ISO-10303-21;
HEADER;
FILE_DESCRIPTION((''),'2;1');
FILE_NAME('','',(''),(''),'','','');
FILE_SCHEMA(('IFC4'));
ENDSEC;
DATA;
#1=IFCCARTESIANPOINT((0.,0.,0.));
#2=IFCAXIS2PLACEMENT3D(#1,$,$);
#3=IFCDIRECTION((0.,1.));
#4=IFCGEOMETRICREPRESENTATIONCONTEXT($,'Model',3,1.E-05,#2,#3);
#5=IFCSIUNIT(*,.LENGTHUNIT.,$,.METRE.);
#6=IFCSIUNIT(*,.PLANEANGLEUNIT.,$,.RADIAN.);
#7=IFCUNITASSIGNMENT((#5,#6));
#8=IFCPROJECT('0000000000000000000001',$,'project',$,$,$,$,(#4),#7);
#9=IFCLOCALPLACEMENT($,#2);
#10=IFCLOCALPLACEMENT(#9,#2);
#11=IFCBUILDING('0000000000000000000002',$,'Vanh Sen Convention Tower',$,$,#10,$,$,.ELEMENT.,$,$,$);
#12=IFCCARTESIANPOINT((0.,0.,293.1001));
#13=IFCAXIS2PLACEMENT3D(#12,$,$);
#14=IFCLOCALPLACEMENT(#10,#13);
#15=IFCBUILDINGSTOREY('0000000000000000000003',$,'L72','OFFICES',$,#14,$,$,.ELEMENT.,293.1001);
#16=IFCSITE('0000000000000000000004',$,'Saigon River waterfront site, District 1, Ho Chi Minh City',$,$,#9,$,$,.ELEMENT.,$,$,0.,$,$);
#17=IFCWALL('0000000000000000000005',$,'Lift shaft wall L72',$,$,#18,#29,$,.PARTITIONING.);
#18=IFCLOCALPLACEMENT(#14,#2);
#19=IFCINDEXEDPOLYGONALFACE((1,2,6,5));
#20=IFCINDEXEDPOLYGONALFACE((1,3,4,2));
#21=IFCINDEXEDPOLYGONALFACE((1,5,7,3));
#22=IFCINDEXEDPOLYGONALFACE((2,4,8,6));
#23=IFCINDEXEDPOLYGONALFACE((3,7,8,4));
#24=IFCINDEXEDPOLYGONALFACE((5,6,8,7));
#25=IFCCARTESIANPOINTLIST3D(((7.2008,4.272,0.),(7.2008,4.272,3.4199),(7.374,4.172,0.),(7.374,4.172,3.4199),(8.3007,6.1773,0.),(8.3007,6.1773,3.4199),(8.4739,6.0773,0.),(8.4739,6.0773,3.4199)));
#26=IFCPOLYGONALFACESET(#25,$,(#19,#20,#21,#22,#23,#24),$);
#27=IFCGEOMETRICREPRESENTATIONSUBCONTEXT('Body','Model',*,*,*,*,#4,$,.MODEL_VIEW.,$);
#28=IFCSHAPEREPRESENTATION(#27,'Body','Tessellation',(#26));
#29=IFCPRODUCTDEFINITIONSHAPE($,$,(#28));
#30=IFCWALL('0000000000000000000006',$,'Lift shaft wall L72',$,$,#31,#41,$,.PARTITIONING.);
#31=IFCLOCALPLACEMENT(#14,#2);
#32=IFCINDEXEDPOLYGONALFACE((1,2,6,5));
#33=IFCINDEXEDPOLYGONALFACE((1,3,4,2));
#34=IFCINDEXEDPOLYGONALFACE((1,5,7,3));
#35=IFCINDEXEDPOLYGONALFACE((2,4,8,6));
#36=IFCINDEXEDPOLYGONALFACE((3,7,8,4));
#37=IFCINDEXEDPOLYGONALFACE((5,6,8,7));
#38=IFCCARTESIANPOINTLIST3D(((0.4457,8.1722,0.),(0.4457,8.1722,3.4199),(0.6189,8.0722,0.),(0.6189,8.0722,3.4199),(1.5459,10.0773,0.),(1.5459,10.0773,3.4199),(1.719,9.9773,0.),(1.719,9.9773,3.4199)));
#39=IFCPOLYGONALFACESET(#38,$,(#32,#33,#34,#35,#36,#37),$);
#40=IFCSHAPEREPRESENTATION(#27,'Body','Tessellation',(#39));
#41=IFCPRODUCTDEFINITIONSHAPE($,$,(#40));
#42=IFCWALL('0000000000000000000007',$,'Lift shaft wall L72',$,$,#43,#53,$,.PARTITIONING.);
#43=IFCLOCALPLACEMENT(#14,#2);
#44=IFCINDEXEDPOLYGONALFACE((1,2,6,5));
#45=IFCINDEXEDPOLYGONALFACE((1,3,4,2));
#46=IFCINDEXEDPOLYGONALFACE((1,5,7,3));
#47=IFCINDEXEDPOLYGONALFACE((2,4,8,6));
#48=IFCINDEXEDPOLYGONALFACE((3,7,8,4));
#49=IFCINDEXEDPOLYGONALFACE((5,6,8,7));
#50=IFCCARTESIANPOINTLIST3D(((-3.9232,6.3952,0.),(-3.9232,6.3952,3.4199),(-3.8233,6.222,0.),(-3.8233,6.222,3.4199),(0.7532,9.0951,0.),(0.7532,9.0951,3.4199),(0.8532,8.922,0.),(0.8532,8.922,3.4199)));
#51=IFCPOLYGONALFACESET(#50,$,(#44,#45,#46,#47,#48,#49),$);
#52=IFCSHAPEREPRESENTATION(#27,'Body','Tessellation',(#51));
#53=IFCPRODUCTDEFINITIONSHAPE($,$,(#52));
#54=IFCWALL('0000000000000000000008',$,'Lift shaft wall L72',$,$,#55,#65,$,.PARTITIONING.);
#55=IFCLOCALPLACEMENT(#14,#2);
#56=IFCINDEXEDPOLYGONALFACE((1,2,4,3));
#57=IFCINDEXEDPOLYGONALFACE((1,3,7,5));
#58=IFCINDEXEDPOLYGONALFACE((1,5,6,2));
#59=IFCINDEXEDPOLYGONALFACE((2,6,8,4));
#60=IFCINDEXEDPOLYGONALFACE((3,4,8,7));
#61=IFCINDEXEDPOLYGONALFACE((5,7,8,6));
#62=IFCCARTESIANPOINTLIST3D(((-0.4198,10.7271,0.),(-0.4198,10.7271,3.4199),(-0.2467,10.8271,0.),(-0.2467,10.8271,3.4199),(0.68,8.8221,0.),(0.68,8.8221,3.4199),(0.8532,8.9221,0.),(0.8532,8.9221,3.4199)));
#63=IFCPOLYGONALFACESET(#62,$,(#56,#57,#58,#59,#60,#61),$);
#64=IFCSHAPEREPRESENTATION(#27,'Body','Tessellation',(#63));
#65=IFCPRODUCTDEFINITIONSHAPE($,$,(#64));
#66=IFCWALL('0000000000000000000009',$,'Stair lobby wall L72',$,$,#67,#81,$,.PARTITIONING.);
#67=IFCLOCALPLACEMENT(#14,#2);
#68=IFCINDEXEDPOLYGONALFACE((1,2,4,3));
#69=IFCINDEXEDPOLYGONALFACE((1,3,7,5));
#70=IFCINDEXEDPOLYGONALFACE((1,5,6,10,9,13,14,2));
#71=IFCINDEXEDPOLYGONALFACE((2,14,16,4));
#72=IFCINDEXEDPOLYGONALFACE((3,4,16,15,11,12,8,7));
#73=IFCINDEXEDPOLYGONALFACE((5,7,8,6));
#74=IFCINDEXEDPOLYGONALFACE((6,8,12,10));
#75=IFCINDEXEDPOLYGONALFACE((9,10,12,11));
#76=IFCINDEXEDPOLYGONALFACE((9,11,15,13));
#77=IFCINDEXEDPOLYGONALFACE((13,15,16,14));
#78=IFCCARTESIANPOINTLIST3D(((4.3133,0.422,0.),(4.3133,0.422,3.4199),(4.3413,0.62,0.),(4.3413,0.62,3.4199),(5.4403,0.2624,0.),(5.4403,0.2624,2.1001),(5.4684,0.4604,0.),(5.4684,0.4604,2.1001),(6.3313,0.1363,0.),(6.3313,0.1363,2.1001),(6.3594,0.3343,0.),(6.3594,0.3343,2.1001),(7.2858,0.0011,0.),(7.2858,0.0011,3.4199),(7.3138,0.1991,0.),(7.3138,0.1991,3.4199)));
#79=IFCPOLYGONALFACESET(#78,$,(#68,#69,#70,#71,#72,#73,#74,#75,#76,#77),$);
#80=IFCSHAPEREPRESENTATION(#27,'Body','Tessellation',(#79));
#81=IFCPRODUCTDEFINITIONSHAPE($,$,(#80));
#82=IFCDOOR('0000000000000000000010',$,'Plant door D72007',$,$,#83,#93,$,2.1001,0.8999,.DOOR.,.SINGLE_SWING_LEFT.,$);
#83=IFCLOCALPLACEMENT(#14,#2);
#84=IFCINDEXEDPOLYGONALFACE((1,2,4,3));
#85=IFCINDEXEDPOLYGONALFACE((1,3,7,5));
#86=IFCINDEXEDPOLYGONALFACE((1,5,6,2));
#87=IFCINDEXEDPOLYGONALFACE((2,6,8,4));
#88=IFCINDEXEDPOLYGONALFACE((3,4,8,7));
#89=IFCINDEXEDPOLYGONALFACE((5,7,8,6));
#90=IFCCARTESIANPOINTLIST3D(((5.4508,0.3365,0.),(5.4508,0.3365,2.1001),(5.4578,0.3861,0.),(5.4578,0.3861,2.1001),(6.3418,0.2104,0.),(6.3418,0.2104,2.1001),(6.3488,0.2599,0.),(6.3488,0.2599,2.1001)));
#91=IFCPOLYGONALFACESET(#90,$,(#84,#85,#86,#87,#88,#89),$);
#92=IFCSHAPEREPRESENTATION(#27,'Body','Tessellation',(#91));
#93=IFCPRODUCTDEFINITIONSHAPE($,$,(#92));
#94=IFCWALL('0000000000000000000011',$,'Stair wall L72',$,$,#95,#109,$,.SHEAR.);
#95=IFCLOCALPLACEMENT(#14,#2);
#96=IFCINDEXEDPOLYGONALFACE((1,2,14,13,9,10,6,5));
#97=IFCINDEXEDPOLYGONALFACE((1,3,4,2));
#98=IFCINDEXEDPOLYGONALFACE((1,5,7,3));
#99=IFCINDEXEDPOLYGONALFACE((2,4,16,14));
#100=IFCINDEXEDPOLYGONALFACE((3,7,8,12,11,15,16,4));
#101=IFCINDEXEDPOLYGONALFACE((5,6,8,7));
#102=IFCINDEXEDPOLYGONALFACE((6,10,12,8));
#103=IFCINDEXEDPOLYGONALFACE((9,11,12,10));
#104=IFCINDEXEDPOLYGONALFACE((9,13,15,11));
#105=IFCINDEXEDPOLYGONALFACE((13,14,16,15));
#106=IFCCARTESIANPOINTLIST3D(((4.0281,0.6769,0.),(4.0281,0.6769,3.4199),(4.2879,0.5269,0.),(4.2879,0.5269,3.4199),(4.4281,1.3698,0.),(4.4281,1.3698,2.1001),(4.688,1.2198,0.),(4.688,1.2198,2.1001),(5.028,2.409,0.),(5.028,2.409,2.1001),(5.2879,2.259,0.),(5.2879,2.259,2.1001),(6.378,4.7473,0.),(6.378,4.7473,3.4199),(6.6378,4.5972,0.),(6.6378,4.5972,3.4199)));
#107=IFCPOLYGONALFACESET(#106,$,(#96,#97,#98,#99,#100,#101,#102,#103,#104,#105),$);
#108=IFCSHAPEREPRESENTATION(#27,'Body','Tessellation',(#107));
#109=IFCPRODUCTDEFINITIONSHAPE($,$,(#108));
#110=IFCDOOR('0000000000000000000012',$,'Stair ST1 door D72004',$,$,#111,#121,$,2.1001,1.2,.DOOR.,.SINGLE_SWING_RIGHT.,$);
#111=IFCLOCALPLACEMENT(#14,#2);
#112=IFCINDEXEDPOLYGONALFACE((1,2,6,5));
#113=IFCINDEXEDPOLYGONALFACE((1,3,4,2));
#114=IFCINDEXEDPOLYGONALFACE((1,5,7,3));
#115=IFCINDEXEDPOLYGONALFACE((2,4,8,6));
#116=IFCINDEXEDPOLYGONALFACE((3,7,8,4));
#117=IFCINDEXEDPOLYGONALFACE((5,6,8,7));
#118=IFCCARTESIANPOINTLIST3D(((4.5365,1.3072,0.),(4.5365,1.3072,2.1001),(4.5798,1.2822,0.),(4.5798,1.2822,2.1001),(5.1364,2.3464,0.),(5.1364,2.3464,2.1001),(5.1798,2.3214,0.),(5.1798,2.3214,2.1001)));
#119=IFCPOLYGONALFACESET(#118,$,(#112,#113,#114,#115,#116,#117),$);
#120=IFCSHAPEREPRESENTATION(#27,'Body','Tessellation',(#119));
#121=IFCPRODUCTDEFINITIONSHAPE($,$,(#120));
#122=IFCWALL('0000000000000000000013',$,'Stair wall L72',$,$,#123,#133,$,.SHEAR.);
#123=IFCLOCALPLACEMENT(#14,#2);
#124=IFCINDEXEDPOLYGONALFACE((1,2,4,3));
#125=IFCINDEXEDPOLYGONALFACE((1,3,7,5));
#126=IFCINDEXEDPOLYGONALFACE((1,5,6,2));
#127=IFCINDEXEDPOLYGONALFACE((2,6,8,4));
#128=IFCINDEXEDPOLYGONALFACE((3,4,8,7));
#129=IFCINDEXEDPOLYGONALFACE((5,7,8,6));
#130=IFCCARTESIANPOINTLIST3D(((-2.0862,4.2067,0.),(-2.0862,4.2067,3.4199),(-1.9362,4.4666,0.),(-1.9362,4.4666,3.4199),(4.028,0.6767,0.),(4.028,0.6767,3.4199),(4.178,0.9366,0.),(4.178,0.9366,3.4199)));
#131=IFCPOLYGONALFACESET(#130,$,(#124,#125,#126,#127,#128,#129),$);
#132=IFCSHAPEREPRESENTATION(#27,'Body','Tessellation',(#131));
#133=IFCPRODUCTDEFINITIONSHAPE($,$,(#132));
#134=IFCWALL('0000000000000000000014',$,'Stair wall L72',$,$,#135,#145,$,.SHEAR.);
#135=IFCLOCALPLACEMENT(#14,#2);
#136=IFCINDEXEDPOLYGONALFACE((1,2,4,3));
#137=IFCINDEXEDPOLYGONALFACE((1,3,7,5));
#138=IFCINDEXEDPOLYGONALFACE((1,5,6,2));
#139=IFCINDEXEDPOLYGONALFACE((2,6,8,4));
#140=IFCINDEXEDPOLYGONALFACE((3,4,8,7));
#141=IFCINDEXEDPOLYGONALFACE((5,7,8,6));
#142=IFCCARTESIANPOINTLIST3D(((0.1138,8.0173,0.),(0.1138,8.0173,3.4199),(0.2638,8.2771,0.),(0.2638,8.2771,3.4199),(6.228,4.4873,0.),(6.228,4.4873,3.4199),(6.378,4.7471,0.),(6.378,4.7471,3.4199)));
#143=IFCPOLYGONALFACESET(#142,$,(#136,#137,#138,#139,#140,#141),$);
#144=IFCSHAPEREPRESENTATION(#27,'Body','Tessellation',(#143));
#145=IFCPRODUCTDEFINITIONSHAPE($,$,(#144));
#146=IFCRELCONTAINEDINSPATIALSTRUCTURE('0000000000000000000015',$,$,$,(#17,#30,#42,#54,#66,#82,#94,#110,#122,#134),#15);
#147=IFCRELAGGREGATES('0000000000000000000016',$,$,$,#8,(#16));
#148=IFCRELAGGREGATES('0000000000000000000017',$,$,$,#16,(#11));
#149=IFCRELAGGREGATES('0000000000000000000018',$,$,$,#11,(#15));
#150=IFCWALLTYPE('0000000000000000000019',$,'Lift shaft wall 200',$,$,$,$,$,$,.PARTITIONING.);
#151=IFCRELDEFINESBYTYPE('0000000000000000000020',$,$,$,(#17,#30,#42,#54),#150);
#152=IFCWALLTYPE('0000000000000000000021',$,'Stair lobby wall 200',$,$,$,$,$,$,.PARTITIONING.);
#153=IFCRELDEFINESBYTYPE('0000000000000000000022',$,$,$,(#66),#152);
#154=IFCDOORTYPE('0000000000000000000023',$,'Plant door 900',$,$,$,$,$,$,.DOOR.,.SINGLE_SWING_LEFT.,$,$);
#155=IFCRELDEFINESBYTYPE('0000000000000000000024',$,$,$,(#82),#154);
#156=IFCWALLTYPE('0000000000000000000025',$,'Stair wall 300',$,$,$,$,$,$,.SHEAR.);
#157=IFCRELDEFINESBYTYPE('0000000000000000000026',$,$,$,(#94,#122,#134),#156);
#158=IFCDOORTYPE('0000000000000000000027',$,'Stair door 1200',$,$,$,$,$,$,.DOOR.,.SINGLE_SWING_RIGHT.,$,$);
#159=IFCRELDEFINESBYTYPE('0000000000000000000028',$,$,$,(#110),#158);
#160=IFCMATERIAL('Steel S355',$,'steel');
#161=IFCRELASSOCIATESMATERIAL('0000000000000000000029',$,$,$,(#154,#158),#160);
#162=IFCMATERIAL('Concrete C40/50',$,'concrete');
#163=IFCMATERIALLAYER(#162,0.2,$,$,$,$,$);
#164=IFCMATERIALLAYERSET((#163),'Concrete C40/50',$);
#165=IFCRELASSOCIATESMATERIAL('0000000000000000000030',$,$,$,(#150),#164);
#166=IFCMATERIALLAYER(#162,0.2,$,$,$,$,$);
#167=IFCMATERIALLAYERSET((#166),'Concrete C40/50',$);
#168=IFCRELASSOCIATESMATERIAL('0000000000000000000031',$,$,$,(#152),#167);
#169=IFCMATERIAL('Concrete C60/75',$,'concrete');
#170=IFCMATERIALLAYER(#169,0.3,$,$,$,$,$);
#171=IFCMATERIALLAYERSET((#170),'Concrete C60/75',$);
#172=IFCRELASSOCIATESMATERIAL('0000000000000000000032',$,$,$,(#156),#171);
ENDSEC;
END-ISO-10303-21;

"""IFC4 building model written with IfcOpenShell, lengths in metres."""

from ifc_helpers import new_model, si_unit, direction, frame, frame_2d, origin, place, context, subcontext, project, spatial, rectangle, extrude, material, layer, layer_set, type_object, element, fill, save


model = new_model("IFC4")

# Units and contexts
model_context = context("Model", 3, precision=1e-05, world=origin(), true_north=direction((0.0, 1.0)))
body_context = subcontext(model_context, "Body", "Model", "MODEL_VIEW")
ifc_project = project(units=[si_unit("LENGTHUNIT", "METRE"), si_unit("PLANEANGLEUNIT", "RADIAN")], contexts=[model_context])

# Site, building, storey
site_placement = place(None, origin())
site = spatial("IfcSite", under=ifc_project, at=site_placement, Name="Saigon River waterfront site, District 1, Ho Chi Minh City", CompositionType="ELEMENT", RefElevation=0.0)
building_placement = place(site_placement, origin())
building = spatial("IfcBuilding", under=site, at=building_placement, Name="Vanh Sen Convention Tower", CompositionType="ELEMENT")
storey_placement = place(building_placement, frame((0.0, 0.0, 293.1001)))
storey = spatial("IfcBuildingStorey", under=building, at=storey_placement, Name="L72", Description="OFFICES", CompositionType="ELEMENT", Elevation=293.1001)

# Shared definitions
ifc_material_1 = material(Name="Concrete C60/75", Category="concrete")
ifc_material_2 = material(Name="Steel S355", Category="steel")
door_type_1 = type_object("IfcDoorType", Name="Plant door 900", OperationType="SINGLE_SWING_LEFT", PredefinedType="DOOR", material=ifc_material_2)

# Walls
ifc_material_3 = material(Name="Concrete C40/50", Category="concrete")
ifc_layer_1 = layer(ifc_material_3, 0.2)
ifc_layer_set_1 = layer_set([ifc_layer_1], Name="Concrete C40/50")
wall_type_1 = type_object("IfcWallType", Name="Lift shaft wall 200", PredefinedType="PARTITIONING", material=ifc_layer_set_1)
for number, where, z_axis, x_axis, name in (
    (1, (7.2874, 4.2219, 0.0), (0.0, 0.0, 1.0), (0.499947, 0.866056, 0.0), "Lift shaft wall L72"),
    (2, (0.5322, 8.1221, 0.0), (0.0, 0.0, 1.0), (0.500078, 0.86598, 0.0), "Lift shaft wall L72"),
):
    element("IfcWall", number, at=place(storey_placement, frame(where, z_axis=z_axis, x_axis=x_axis)), inside=storey, type_object=wall_type_1, Name=name, PredefinedType="PARTITIONING", context=body_context, shape_type="SweptSolid", body=[
        extrude(rectangle(XDim=2.2, YDim=0.2, at=frame_2d((1.1001, 0.0))), origin(), (0.0, 0.0, 1.0), 3.4199),
    ])
wall_1_placement = place(storey_placement, frame((0.8032, 9.0085, 0.0), z_axis=(0.0, 0.0, 1.0), x_axis=(-0.866028, -0.499995, 0.0)))
element("IfcWall", 3, at=wall_1_placement, inside=storey, type_object=wall_type_1, Name="Lift shaft wall L72", PredefinedType="PARTITIONING", context=body_context, shape_type="SweptSolid", body=[
    extrude(rectangle(XDim=5.3999, YDim=0.2, at=frame_2d((2.7, 0.0))), origin(), (0.0, 0.0, 1.0), 3.4199),
])
wall_2_placement = place(storey_placement, frame((0.7666, 8.8721, 0.0), z_axis=(0.0, 0.0, 1.0), x_axis=(-0.499995, 0.866028, 0.0)))
element("IfcWall", 4, at=wall_2_placement, inside=storey, type_object=wall_type_1, Name="Lift shaft wall L72", PredefinedType="PARTITIONING", context=body_context, shape_type="SweptSolid", body=[
    extrude(rectangle(XDim=2.1997, YDim=0.2, at=frame_2d((1.0999, 0.0))), origin(), (0.0, 0.0, 1.0), 3.4199),
])

# Walls, openings, doors
ifc_layer_2 = layer(ifc_material_3, 0.2)
ifc_layer_set_2 = layer_set([ifc_layer_2], Name="Concrete C40/50")
wall_type_2 = type_object("IfcWallType", Name="Stair lobby wall 200", PredefinedType="PARTITIONING", material=ifc_layer_set_2)
wall_3_placement = place(storey_placement, frame((4.3274, 0.521, 0.0), z_axis=(0.0, 0.0, 1.0), x_axis=(0.990124, -0.140192, 0.0)))
wall_3 = element("IfcWall", 5, at=wall_3_placement, inside=storey, type_object=wall_type_2, Name="Stair lobby wall L72", PredefinedType="PARTITIONING", context=body_context, shape_type="SweptSolid", body=[
    extrude(rectangle(XDim=3.0022, YDim=0.2, at=frame_2d((1.501, 0.0))), origin(), (0.0, 0.0, 1.0), 3.4199),
])
opening_1_placement = place(wall_3_placement, frame((1.1382, 0.0, 0.0)))
opening_1 = element("IfcOpeningElement", 6, at=opening_1_placement, cuts=wall_3, PredefinedType="OPENING", context=body_context, shape_type="SweptSolid", body=[
    extrude(rectangle(XDim=0.8999, YDim=2.1001, at=frame_2d((0.45, 1.05))), frame((0.0, 0.1099, 0.0), z_axis=(0.0, -1.0, 0.0), x_axis=(1.0, 0.0, 0.0)), (0.0, 0.0, 1.0), 0.22),
])
door_1_placement = place(opening_1_placement, origin())
door_1 = element("IfcDoor", 7, at=door_1_placement, inside=storey, type_object=door_type_1, Name="Plant door D72007", OperationType="SINGLE_SWING_LEFT", OverallHeight=2.1001, OverallWidth=0.8999, PredefinedType="DOOR", context=body_context, shape_type="SweptSolid", body=[
    extrude(rectangle(XDim=0.8999, YDim=2.1001, at=frame_2d((0.45, 1.05))), frame((0.0, 0.0249, 0.0), z_axis=(0.0, -1.0, 0.0), x_axis=(1.0, 0.0, 0.0)), (0.0, 0.0, 1.0), 0.05),
])
fill(opening_1, door_1)
ifc_layer_3 = layer(ifc_material_1, 0.3)
ifc_layer_set_3 = layer_set([ifc_layer_3], Name="Concrete C60/75")
wall_type_3 = type_object("IfcWallType", Name="Stair wall 300", PredefinedType="SHEAR", material=ifc_layer_set_3)
wall_4_placement = place(storey_placement, frame((4.158, 0.6018, 0.0), z_axis=(0.0, 0.0, 1.0), x_axis=(0.499977, 0.866039, 0.0)))
wall_4 = element("IfcWall", 8, at=wall_4_placement, inside=storey, type_object=wall_type_3, Name="Stair wall L72", PredefinedType="SHEAR", context=body_context, shape_type="SweptSolid", body=[
    extrude(rectangle(XDim=4.7, YDim=0.3, at=frame_2d((2.3501, 0.0))), origin(), (0.0, 0.0, 1.0), 3.4199),
])
opening_2_placement = place(wall_4_placement, frame((0.8, 0.0, 0.0)))
opening_2 = element("IfcOpeningElement", 9, at=opening_2_placement, cuts=wall_4, PredefinedType="OPENING", context=body_context, shape_type="SweptSolid", body=[
    extrude(rectangle(XDim=1.2, YDim=2.1001, at=frame_2d((0.6001, 1.05))), frame((0.0, 0.1599, 0.0), z_axis=(0.0, -1.0, 0.0), x_axis=(1.0, 0.0, 0.0)), (0.0, 0.0, 1.0), 0.3201),
])
door_type_2 = type_object("IfcDoorType", Name="Stair door 1200", OperationType="SINGLE_SWING_RIGHT", PredefinedType="DOOR", material=ifc_material_2)
door_2_placement = place(opening_2_placement, origin())
door_2 = element("IfcDoor", 10, at=door_2_placement, inside=storey, type_object=door_type_2, Name="Stair ST1 door D72004", OperationType="SINGLE_SWING_RIGHT", OverallHeight=2.1001, OverallWidth=1.2, PredefinedType="DOOR", context=body_context, shape_type="SweptSolid", body=[
    extrude(rectangle(XDim=1.2, YDim=2.1001, at=frame_2d((0.6001, 1.05))), frame((0.0, 0.0249, 0.0), z_axis=(0.0, -1.0, 0.0), x_axis=(1.0, 0.0, 0.0)), (0.0, 0.0, 1.0), 0.05),
])
fill(opening_2, door_2)

# Walls
for number, where, z_axis, x_axis, name in (
    (11, (4.103, 0.8066, 0.0), (0.0, 0.0, 1.0), (-0.866028, 0.499996, 0.0), "Stair wall L72"),
    (12, (6.303, 4.6172, 0.0), (0.0, 0.0, 1.0), (-0.866028, 0.499996, 0.0), "Stair wall L72"),
):
    element("IfcWall", number, at=place(storey_placement, frame(where, z_axis=z_axis, x_axis=x_axis)), inside=storey, type_object=wall_type_3, Name=name, PredefinedType="SHEAR", context=body_context, shape_type="SweptSolid", body=[
        extrude(rectangle(XDim=7.0601, YDim=0.3, at=frame_2d((3.53, 0.0))), origin(), (0.0, 0.0, 1.0), 3.4199),
    ])

save(model, "model.ifc")
